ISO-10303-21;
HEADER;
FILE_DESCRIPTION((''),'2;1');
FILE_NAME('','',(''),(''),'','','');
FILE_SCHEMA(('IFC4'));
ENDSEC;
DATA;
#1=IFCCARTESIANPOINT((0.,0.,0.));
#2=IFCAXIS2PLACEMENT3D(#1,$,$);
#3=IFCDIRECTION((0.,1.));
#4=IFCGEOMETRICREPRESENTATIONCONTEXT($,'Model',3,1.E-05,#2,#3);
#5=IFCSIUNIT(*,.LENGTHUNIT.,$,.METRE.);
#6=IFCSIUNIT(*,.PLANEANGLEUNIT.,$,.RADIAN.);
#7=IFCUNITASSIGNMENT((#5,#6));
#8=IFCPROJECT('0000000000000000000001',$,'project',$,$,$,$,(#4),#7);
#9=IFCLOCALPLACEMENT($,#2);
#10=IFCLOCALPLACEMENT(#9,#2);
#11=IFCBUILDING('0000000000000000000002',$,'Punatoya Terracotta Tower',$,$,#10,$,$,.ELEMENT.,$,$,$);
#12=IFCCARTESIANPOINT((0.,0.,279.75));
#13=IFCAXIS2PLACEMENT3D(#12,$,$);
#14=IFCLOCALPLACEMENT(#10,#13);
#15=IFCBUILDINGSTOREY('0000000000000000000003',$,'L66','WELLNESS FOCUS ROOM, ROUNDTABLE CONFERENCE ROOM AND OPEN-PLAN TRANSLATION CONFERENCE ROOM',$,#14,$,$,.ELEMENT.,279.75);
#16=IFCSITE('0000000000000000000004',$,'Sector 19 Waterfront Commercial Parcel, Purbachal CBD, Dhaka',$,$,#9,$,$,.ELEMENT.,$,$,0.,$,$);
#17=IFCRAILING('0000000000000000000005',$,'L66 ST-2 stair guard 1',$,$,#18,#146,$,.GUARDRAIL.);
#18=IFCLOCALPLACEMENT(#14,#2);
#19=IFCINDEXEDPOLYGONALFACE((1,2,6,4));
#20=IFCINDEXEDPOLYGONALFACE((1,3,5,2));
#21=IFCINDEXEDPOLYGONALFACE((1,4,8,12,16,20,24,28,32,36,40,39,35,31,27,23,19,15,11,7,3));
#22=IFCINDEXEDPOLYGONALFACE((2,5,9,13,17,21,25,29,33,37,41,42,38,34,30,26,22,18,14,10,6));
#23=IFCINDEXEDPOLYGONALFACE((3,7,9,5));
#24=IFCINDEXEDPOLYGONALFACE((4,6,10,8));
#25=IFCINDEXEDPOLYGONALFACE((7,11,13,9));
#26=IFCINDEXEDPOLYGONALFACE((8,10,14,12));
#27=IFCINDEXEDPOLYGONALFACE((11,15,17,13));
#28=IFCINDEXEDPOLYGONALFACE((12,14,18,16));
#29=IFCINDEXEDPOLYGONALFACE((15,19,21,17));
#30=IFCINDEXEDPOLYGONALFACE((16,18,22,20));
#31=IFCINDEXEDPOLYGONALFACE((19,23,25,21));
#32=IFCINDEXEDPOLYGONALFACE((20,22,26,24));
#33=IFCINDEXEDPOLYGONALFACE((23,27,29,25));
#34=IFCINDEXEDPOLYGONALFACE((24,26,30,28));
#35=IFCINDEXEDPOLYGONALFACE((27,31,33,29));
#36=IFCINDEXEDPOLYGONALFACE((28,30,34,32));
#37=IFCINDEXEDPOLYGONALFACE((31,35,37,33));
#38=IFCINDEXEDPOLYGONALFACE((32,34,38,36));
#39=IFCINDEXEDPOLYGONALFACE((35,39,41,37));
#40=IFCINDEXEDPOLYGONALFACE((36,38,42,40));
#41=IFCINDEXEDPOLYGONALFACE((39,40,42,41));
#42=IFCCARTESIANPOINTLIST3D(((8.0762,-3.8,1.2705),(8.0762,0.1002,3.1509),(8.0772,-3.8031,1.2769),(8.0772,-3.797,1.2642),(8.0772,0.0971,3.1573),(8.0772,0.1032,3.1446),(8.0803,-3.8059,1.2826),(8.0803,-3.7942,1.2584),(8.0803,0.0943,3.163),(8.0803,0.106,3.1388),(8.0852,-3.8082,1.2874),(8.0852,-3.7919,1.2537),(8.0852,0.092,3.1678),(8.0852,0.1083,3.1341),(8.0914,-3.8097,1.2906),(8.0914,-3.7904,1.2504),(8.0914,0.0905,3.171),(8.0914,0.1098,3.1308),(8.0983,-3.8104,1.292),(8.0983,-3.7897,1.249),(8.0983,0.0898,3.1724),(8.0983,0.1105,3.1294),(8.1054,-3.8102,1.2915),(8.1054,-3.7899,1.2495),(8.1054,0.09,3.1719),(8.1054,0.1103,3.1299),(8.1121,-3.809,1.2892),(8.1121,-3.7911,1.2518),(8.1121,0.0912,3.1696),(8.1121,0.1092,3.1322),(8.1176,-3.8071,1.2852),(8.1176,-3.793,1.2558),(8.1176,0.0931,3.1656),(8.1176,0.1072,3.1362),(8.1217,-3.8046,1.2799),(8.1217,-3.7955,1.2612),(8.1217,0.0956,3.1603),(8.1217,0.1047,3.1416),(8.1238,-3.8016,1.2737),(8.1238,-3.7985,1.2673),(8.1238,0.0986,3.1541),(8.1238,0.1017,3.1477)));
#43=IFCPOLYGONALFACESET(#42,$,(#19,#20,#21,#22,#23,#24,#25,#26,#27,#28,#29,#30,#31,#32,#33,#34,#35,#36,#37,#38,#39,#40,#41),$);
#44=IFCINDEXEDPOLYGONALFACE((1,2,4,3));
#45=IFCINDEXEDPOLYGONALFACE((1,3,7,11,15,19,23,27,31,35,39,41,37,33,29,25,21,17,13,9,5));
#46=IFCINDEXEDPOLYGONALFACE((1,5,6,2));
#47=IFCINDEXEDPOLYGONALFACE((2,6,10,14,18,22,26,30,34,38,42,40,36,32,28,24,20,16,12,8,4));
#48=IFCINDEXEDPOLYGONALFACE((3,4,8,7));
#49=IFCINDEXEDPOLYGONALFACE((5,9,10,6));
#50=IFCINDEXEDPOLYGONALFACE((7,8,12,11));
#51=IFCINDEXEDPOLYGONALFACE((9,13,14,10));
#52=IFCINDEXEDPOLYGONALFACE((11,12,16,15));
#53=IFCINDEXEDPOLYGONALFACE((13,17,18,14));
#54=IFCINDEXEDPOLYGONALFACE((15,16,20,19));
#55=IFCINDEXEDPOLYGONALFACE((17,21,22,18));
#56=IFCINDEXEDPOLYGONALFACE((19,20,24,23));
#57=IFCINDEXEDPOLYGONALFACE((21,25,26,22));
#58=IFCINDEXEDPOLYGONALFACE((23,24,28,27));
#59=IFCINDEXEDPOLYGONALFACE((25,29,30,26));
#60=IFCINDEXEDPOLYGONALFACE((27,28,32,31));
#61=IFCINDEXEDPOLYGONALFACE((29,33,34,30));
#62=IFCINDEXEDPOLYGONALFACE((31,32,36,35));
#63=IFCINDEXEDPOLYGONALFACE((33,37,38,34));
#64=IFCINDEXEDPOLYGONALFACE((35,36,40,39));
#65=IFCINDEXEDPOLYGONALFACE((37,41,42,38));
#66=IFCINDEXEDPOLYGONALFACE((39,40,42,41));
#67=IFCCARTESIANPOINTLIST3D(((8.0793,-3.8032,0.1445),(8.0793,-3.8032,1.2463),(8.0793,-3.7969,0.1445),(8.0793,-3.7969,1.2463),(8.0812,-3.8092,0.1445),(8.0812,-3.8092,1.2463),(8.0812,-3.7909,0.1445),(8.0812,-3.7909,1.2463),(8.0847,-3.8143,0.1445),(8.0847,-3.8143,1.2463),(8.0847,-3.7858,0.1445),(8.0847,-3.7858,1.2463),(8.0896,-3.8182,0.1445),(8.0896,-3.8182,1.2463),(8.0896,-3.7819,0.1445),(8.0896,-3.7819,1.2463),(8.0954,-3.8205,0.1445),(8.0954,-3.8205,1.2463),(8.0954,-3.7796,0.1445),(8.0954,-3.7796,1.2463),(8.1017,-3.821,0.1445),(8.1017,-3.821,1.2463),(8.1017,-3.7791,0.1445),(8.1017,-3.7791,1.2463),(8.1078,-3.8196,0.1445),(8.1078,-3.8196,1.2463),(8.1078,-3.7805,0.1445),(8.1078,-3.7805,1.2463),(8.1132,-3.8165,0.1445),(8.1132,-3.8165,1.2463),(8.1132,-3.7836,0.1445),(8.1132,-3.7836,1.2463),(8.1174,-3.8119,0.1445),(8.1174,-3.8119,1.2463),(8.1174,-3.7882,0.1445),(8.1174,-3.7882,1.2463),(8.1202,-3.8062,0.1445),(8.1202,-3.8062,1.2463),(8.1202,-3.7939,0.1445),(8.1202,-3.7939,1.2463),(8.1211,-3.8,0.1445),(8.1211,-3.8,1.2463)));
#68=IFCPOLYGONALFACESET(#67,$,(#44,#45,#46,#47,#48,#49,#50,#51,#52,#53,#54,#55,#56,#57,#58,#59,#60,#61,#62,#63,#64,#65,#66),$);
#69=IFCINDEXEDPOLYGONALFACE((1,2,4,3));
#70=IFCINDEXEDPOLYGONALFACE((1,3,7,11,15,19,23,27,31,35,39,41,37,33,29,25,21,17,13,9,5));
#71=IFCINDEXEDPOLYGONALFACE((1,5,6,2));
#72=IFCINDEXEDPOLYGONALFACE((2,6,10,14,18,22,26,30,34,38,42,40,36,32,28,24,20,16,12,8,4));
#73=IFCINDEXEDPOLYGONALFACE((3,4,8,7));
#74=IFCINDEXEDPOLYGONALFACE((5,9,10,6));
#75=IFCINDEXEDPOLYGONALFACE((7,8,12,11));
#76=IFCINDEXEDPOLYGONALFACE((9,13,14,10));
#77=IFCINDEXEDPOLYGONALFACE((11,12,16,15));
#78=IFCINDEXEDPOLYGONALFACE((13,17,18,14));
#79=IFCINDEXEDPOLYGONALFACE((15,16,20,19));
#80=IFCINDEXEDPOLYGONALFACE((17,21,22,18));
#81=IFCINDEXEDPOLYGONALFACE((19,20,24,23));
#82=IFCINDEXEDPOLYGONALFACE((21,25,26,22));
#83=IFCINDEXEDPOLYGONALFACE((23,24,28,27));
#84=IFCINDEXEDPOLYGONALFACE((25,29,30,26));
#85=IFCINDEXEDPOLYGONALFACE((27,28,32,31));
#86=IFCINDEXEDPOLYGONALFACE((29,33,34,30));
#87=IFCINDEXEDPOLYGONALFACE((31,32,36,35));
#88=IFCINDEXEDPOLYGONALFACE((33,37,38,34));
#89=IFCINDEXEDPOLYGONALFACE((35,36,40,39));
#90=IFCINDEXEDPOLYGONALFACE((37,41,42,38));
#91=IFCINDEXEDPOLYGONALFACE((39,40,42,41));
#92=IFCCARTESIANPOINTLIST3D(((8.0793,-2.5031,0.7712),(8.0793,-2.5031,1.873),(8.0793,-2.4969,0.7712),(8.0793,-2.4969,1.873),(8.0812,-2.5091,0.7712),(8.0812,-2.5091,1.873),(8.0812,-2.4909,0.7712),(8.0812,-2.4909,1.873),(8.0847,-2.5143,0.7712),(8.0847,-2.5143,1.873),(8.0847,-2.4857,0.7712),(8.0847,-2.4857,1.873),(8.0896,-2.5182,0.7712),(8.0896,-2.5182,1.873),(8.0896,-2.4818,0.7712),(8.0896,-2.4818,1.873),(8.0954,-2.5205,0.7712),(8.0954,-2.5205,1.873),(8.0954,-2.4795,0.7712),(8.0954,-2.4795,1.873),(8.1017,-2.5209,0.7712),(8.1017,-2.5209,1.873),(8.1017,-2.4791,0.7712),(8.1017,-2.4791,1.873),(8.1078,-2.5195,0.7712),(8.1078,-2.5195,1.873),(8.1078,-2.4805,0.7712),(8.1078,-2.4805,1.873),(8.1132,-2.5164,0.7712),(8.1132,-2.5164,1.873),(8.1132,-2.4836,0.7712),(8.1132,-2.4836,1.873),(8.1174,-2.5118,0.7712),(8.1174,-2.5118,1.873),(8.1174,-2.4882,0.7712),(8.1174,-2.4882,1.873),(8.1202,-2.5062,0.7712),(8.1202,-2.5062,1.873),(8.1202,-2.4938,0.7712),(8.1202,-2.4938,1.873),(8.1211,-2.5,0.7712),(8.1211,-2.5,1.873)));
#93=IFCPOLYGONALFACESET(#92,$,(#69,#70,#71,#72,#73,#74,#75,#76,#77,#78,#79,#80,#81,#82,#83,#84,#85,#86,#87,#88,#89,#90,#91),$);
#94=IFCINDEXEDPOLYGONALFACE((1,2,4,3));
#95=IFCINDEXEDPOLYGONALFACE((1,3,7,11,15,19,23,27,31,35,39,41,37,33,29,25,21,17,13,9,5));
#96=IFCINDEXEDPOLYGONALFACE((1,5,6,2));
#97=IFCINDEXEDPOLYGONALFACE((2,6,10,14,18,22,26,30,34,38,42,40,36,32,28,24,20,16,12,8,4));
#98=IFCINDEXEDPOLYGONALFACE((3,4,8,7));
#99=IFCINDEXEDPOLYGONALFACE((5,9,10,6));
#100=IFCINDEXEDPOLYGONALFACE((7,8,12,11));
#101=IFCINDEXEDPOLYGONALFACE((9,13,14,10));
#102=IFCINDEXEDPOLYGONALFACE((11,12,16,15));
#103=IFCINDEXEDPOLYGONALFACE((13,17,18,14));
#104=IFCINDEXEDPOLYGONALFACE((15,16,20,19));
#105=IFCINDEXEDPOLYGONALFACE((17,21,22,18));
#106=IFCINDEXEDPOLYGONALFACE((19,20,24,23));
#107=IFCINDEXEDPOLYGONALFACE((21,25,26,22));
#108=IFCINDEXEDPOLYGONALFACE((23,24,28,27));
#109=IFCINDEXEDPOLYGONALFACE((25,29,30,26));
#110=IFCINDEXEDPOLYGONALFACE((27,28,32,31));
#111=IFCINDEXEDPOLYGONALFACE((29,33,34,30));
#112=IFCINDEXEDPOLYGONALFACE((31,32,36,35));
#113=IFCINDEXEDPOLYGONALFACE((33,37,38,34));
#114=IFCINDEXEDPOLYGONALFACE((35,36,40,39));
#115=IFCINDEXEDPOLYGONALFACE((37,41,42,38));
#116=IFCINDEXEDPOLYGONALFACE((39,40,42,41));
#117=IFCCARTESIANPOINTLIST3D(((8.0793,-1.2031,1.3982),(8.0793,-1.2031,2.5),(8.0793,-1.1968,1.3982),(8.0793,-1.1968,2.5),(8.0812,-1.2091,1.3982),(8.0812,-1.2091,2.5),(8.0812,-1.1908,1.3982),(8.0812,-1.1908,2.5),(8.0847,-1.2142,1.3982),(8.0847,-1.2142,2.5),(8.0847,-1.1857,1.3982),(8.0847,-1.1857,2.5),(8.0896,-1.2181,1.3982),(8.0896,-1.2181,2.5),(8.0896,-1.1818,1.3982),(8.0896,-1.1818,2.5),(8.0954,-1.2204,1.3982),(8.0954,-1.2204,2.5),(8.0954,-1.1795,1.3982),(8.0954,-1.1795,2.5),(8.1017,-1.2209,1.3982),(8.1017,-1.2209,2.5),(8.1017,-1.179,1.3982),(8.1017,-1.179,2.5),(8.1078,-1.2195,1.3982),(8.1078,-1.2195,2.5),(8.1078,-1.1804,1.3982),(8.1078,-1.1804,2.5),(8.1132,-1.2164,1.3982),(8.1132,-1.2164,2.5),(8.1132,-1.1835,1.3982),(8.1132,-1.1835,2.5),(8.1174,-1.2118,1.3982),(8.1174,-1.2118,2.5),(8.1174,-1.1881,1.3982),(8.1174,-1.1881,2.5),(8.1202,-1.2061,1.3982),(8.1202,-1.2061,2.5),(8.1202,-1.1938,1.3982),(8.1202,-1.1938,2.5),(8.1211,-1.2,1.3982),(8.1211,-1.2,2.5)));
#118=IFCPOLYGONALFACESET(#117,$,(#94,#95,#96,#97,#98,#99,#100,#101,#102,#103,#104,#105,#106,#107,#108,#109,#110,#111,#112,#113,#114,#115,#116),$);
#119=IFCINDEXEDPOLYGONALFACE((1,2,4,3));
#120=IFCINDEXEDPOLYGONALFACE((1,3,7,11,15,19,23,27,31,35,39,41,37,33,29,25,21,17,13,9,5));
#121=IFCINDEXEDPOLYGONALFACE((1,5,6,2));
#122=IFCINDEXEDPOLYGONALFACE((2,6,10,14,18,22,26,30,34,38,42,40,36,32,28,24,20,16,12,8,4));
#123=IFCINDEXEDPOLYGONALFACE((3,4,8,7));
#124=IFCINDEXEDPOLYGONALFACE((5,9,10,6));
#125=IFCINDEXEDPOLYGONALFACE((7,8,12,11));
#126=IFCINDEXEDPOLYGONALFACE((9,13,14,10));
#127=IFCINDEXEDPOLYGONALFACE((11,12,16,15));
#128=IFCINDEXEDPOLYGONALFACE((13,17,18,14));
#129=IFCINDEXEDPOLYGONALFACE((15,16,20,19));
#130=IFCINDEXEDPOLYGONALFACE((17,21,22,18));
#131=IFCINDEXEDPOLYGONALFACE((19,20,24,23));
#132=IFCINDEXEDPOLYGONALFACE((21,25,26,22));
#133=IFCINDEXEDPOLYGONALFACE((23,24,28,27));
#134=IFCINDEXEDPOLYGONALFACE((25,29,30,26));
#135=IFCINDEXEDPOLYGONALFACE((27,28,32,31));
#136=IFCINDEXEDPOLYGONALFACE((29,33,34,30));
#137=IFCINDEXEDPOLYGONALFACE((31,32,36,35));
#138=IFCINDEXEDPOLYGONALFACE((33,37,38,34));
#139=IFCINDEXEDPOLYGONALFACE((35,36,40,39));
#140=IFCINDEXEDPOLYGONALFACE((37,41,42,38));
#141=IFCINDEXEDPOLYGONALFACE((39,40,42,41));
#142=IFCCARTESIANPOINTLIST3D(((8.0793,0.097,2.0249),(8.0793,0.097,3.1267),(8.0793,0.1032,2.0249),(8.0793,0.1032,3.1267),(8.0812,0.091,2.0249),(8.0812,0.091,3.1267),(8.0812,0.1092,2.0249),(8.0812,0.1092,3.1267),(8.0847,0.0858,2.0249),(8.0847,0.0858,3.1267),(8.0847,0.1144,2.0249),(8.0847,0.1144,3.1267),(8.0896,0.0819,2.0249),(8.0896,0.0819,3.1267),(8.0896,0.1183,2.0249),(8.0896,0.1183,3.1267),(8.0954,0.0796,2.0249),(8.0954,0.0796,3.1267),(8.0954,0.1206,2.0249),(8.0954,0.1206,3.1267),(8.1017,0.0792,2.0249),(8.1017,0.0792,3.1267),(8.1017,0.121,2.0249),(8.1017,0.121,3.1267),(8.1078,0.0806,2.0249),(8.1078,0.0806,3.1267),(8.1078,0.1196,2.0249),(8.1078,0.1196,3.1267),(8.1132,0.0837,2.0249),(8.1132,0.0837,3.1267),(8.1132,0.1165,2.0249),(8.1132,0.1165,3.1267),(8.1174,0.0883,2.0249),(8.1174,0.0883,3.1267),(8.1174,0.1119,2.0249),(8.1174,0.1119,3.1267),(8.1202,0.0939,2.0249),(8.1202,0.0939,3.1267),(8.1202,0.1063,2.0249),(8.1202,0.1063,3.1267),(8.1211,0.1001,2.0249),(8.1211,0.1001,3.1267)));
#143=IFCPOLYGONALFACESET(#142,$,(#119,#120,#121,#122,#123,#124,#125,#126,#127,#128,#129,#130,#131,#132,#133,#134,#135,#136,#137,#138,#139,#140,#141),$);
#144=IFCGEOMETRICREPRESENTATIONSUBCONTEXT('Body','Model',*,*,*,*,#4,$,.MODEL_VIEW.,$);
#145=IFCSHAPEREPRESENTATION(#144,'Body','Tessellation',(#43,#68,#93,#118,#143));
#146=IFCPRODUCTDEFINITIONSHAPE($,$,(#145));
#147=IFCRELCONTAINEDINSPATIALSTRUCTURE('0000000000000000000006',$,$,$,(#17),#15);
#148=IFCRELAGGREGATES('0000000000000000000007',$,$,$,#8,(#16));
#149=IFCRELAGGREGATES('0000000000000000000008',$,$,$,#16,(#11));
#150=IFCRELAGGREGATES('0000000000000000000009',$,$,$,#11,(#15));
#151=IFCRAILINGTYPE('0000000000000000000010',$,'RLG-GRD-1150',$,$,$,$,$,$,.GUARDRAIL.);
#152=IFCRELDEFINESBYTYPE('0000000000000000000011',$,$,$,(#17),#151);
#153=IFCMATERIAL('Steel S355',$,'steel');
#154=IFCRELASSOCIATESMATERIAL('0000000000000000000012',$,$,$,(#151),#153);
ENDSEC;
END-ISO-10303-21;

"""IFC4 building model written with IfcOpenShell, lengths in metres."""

from ifc_helpers import new_model, si_unit, direction, frame, origin, origin_2d, place, context, subcontext, project, spatial, circle, extrude, material, type_object, element, save


model = new_model("IFC4")

# Units and contexts
model_context = context("Model", 3, precision=1e-05, world=origin(), true_north=direction((0.0, 1.0)))
body_context = subcontext(model_context, "Body", "Model", "MODEL_VIEW")
ifc_project = project(units=[si_unit("LENGTHUNIT", "METRE"), si_unit("PLANEANGLEUNIT", "RADIAN")], contexts=[model_context])

# Site, building, storey
site_placement = place(None, origin())
site = spatial("IfcSite", under=ifc_project, at=site_placement, Name="Sector 19 Waterfront Commercial Parcel, Purbachal CBD, Dhaka", CompositionType="ELEMENT", RefElevation=0.0)
building_placement = place(site_placement, origin())
building = spatial("IfcBuilding", under=site, at=building_placement, Name="Punatoya Terracotta Tower", CompositionType="ELEMENT")
storey_placement = place(building_placement, frame((0.0, 0.0, 279.75)))
storey = spatial("IfcBuildingStorey", under=building, at=storey_placement, Name="L66", Description="WELLNESS FOCUS ROOM, ROUNDTABLE CONFERENCE ROOM AND OPEN-PLAN TRANSLATION CONFERENCE ROOM", CompositionType="ELEMENT", Elevation=279.75)

# Shared definitions
ifc_material_1 = material(Name="Steel S355", Category="steel")

# Railing
railing_type_1 = type_object("IfcRailingType", Name="RLG-GRD-1150", PredefinedType="GUARDRAIL", material=ifc_material_1)
railing_1_placement = place(storey_placement, frame((8.1001, -3.8, 0.1445)))
element("IfcRailing", 1, at=railing_1_placement, inside=storey, type_object=railing_type_1, Name="L66 ST-2 stair guard 1", PredefinedType="GUARDRAIL", context=body_context, shape_type="SweptSolid", body=[
    extrude(circle(Radius=0.0239, at=origin_2d()), frame((0.0, 0.0, 1.126), z_axis=(0.0, 0.900774, 0.434289), x_axis=(-1.0, 0.0, 0.0)), (0.0, 0.0, 1.0), 4.3298),
    extrude(circle(Radius=0.021, at=origin_2d()), origin(), (0.0, 0.0, 1.0), 1.1018),
    extrude(circle(Radius=0.021, at=origin_2d()), frame((0.0, 1.3, 0.6267)), (0.0, 0.0, 1.0), 1.1018),
    extrude(circle(Radius=0.021, at=origin_2d()), frame((0.0, 2.6001, 1.2537)), (0.0, 0.0, 1.0), 1.1018),
    extrude(circle(Radius=0.021, at=origin_2d()), frame((0.0, 3.9001, 1.8804)), (0.0, 0.0, 1.0), 1.1018),
])

save(model, "model.ifc")
